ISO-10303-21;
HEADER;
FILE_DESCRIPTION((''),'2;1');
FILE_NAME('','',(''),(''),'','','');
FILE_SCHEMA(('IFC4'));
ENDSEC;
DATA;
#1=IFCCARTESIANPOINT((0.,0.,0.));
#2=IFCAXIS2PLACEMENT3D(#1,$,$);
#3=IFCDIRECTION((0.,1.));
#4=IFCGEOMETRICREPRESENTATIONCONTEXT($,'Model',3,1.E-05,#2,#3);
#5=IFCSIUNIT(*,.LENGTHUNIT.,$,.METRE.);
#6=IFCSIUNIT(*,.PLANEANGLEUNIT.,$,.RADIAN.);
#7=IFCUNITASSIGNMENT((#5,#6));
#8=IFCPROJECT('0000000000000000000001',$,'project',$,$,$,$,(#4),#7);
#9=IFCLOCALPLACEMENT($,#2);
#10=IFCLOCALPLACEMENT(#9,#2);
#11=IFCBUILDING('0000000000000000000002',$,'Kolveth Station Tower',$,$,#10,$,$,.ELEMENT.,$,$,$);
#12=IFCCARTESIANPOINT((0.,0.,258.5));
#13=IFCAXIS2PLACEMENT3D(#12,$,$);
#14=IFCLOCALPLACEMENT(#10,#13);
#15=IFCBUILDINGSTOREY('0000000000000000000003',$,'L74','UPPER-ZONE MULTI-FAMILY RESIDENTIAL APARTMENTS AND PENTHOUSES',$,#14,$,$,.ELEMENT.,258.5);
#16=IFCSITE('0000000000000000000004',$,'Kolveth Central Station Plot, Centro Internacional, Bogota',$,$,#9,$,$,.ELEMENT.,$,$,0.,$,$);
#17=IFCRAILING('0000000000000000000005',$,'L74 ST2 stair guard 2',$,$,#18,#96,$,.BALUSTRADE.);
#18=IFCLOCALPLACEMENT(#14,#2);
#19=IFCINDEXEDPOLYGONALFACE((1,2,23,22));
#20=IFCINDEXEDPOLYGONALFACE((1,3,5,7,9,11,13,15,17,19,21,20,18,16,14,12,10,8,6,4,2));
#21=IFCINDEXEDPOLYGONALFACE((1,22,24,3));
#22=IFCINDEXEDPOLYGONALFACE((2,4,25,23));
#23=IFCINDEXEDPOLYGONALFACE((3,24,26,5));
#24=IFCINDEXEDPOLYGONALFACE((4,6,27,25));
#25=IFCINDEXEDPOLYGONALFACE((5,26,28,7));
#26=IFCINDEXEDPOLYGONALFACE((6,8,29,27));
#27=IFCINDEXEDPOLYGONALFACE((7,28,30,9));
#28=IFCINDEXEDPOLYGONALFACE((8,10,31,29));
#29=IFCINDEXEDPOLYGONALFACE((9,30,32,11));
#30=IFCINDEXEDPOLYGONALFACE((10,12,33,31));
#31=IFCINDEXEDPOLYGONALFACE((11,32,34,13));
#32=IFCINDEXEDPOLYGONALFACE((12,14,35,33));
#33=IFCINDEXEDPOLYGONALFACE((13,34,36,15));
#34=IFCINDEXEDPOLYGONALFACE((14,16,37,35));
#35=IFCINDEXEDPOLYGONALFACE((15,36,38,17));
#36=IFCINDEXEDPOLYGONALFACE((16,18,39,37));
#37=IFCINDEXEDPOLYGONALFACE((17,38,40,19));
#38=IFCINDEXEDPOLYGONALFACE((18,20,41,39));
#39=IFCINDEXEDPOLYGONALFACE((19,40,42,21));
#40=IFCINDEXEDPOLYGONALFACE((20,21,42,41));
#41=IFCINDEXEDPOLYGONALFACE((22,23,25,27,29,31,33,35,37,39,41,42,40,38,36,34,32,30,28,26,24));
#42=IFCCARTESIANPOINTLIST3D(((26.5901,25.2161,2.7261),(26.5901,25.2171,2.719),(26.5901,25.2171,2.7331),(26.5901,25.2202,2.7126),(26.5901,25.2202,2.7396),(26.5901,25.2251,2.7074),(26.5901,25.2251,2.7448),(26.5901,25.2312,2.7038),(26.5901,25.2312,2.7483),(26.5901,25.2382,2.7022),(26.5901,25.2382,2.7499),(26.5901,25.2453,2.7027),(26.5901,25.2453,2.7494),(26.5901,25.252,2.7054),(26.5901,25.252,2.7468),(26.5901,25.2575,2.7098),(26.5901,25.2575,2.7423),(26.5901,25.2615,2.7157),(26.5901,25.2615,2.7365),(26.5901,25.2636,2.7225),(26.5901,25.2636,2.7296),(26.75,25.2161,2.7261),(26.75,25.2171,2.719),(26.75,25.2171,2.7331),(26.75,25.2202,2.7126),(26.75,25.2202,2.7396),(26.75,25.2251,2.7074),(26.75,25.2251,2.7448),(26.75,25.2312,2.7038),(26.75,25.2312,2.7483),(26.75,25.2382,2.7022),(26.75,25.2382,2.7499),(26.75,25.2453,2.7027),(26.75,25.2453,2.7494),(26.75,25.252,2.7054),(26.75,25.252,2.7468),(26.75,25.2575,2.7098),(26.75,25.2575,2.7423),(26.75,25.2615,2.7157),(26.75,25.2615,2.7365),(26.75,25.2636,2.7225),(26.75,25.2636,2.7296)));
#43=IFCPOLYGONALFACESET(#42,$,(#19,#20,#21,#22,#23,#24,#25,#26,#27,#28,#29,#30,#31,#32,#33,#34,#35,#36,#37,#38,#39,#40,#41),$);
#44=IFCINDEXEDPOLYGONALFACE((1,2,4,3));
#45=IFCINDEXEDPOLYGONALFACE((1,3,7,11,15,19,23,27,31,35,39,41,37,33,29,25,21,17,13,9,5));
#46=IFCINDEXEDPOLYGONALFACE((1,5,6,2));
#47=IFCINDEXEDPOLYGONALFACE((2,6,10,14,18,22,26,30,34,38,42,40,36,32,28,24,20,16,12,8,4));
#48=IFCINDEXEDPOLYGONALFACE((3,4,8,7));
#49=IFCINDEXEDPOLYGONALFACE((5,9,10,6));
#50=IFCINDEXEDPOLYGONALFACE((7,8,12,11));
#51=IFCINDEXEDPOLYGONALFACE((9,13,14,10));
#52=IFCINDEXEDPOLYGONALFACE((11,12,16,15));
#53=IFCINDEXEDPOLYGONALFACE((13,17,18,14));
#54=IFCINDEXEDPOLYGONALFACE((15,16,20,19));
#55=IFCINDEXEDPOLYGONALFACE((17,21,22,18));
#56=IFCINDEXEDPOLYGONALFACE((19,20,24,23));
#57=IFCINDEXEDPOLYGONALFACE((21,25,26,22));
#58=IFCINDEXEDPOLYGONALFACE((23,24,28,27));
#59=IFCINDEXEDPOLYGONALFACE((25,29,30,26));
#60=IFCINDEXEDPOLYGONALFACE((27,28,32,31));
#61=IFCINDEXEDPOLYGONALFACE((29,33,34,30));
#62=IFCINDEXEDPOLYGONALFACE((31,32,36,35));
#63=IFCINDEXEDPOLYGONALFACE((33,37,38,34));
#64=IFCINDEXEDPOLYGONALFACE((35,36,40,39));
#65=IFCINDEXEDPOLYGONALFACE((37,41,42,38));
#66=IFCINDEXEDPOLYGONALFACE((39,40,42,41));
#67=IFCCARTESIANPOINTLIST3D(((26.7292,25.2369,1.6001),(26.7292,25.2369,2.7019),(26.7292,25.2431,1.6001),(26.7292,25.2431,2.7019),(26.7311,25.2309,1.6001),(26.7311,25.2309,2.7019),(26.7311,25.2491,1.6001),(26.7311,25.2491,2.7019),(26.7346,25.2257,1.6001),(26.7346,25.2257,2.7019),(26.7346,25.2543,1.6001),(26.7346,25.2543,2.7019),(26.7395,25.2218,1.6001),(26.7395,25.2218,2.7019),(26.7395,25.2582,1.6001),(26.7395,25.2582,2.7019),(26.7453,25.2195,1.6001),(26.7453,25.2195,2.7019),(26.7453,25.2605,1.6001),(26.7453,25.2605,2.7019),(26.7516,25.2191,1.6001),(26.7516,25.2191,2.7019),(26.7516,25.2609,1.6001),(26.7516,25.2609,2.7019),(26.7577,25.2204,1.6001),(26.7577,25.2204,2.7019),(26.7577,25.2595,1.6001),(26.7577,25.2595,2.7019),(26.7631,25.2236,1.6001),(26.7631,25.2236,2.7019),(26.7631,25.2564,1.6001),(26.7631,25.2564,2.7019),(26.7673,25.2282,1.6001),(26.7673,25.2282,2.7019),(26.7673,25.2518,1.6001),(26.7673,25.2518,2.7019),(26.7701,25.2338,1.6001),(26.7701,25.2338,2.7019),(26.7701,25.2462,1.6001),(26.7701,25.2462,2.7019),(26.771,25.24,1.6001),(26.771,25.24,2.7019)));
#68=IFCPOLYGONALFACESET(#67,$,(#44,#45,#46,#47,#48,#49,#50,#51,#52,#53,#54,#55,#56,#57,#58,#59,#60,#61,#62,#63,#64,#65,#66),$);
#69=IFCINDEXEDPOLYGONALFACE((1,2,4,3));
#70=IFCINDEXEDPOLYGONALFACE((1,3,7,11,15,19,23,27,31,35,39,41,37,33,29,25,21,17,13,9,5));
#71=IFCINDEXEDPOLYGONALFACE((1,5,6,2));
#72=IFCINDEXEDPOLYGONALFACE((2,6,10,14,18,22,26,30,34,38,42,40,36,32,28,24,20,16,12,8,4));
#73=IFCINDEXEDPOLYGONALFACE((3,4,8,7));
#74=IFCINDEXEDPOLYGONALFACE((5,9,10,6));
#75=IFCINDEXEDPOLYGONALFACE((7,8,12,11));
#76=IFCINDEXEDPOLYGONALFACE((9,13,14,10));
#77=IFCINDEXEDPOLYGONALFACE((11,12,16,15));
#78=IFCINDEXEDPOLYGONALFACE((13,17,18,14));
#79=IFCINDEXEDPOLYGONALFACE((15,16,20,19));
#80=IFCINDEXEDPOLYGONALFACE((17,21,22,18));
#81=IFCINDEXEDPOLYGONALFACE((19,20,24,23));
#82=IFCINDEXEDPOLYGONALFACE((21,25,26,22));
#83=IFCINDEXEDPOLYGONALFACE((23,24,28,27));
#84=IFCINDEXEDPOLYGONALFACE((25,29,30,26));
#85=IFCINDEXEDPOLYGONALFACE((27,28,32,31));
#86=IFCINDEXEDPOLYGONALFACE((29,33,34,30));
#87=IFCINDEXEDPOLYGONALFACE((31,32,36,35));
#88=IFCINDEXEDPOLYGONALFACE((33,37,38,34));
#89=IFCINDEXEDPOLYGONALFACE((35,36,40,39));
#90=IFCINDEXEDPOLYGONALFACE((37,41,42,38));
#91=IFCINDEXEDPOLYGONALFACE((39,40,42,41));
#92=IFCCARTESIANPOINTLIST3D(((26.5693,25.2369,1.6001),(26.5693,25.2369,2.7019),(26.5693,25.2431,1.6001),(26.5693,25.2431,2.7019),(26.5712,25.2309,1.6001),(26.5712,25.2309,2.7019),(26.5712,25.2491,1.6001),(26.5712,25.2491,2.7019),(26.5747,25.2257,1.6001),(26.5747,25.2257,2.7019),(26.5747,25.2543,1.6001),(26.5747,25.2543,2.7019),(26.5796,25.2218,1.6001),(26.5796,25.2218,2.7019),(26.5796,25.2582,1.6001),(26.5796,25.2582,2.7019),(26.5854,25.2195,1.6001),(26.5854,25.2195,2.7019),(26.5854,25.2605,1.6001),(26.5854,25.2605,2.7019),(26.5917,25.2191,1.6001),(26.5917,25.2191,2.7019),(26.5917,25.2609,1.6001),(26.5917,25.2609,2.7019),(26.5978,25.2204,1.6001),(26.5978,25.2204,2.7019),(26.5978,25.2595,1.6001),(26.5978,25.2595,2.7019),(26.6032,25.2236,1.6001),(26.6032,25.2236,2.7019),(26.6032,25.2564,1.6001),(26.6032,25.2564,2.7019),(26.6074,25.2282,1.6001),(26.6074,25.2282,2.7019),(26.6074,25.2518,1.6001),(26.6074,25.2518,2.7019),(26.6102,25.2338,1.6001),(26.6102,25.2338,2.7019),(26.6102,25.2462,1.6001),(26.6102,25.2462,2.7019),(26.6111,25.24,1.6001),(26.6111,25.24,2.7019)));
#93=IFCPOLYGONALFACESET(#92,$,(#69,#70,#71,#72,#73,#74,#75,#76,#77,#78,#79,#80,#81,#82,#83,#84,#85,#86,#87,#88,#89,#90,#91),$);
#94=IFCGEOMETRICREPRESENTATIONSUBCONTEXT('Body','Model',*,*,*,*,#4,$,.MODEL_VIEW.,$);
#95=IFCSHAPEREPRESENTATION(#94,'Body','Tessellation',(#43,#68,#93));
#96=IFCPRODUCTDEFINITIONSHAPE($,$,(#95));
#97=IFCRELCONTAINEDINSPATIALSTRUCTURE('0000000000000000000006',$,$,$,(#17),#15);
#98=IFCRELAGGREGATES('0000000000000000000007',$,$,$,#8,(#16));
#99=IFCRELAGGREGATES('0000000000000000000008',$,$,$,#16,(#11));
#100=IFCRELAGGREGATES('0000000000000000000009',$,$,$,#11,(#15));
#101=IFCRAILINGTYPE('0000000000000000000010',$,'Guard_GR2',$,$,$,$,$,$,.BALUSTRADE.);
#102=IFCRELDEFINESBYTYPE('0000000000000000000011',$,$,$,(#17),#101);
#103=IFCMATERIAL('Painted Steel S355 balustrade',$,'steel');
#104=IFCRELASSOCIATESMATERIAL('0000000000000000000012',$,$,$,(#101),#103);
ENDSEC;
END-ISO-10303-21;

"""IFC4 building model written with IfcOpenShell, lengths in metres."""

from ifc_helpers import new_model, si_unit, direction, frame, origin, origin_2d, place, context, subcontext, project, spatial, circle, extrude, material, type_object, element, save


model = new_model("IFC4")

# Units and contexts
model_context = context("Model", 3, precision=1e-05, world=origin(), true_north=direction((0.0, 1.0)))
body_context = subcontext(model_context, "Body", "Model", "MODEL_VIEW")
ifc_project = project(units=[si_unit("LENGTHUNIT", "METRE"), si_unit("PLANEANGLEUNIT", "RADIAN")], contexts=[model_context])

# Site, building, storey
site_placement = place(None, origin())
site = spatial("IfcSite", under=ifc_project, at=site_placement, Name="Kolveth Central Station Plot, Centro Internacional, Bogota", CompositionType="ELEMENT", RefElevation=0.0)
building_placement = place(site_placement, origin())
building = spatial("IfcBuilding", under=site, at=building_placement, Name="Kolveth Station Tower", CompositionType="ELEMENT")
storey_placement = place(building_placement, frame((0.0, 0.0, 258.5)))
storey = spatial("IfcBuildingStorey", under=building, at=storey_placement, Name="L74", Description="UPPER-ZONE MULTI-FAMILY RESIDENTIAL APARTMENTS AND PENTHOUSES", CompositionType="ELEMENT", Elevation=258.5)

# Railing
ifc_material_1 = material(Name="Painted Steel S355 balustrade", Category="steel")
railing_type_1 = type_object("IfcRailingType", Name="Guard_GR2", PredefinedType="BALUSTRADE", material=ifc_material_1)
railing_1_placement = place(storey_placement, frame((26.75, 25.24, 1.6001)))
element("IfcRailing", 1, at=railing_1_placement, inside=storey, type_object=railing_type_1, Name="L74 ST2 stair guard 2", PredefinedType="BALUSTRADE", context=body_context, shape_type="SweptSolid", body=[
    extrude(circle(Radius=0.0239, at=origin_2d()), frame((0.0, 0.0, 1.126), z_axis=(-1.0, 0.0, 0.0), x_axis=(0.0, -1.0, 0.0)), (0.0, 0.0, 1.0), 0.1599),
    extrude(circle(Radius=0.021, at=origin_2d()), origin(), (0.0, 0.0, 1.0), 1.1018),
    extrude(circle(Radius=0.021, at=origin_2d()), frame((-0.1599, 0.0, 0.0)), (0.0, 0.0, 1.0), 1.1018),
])

save(model, "model.ifc")
